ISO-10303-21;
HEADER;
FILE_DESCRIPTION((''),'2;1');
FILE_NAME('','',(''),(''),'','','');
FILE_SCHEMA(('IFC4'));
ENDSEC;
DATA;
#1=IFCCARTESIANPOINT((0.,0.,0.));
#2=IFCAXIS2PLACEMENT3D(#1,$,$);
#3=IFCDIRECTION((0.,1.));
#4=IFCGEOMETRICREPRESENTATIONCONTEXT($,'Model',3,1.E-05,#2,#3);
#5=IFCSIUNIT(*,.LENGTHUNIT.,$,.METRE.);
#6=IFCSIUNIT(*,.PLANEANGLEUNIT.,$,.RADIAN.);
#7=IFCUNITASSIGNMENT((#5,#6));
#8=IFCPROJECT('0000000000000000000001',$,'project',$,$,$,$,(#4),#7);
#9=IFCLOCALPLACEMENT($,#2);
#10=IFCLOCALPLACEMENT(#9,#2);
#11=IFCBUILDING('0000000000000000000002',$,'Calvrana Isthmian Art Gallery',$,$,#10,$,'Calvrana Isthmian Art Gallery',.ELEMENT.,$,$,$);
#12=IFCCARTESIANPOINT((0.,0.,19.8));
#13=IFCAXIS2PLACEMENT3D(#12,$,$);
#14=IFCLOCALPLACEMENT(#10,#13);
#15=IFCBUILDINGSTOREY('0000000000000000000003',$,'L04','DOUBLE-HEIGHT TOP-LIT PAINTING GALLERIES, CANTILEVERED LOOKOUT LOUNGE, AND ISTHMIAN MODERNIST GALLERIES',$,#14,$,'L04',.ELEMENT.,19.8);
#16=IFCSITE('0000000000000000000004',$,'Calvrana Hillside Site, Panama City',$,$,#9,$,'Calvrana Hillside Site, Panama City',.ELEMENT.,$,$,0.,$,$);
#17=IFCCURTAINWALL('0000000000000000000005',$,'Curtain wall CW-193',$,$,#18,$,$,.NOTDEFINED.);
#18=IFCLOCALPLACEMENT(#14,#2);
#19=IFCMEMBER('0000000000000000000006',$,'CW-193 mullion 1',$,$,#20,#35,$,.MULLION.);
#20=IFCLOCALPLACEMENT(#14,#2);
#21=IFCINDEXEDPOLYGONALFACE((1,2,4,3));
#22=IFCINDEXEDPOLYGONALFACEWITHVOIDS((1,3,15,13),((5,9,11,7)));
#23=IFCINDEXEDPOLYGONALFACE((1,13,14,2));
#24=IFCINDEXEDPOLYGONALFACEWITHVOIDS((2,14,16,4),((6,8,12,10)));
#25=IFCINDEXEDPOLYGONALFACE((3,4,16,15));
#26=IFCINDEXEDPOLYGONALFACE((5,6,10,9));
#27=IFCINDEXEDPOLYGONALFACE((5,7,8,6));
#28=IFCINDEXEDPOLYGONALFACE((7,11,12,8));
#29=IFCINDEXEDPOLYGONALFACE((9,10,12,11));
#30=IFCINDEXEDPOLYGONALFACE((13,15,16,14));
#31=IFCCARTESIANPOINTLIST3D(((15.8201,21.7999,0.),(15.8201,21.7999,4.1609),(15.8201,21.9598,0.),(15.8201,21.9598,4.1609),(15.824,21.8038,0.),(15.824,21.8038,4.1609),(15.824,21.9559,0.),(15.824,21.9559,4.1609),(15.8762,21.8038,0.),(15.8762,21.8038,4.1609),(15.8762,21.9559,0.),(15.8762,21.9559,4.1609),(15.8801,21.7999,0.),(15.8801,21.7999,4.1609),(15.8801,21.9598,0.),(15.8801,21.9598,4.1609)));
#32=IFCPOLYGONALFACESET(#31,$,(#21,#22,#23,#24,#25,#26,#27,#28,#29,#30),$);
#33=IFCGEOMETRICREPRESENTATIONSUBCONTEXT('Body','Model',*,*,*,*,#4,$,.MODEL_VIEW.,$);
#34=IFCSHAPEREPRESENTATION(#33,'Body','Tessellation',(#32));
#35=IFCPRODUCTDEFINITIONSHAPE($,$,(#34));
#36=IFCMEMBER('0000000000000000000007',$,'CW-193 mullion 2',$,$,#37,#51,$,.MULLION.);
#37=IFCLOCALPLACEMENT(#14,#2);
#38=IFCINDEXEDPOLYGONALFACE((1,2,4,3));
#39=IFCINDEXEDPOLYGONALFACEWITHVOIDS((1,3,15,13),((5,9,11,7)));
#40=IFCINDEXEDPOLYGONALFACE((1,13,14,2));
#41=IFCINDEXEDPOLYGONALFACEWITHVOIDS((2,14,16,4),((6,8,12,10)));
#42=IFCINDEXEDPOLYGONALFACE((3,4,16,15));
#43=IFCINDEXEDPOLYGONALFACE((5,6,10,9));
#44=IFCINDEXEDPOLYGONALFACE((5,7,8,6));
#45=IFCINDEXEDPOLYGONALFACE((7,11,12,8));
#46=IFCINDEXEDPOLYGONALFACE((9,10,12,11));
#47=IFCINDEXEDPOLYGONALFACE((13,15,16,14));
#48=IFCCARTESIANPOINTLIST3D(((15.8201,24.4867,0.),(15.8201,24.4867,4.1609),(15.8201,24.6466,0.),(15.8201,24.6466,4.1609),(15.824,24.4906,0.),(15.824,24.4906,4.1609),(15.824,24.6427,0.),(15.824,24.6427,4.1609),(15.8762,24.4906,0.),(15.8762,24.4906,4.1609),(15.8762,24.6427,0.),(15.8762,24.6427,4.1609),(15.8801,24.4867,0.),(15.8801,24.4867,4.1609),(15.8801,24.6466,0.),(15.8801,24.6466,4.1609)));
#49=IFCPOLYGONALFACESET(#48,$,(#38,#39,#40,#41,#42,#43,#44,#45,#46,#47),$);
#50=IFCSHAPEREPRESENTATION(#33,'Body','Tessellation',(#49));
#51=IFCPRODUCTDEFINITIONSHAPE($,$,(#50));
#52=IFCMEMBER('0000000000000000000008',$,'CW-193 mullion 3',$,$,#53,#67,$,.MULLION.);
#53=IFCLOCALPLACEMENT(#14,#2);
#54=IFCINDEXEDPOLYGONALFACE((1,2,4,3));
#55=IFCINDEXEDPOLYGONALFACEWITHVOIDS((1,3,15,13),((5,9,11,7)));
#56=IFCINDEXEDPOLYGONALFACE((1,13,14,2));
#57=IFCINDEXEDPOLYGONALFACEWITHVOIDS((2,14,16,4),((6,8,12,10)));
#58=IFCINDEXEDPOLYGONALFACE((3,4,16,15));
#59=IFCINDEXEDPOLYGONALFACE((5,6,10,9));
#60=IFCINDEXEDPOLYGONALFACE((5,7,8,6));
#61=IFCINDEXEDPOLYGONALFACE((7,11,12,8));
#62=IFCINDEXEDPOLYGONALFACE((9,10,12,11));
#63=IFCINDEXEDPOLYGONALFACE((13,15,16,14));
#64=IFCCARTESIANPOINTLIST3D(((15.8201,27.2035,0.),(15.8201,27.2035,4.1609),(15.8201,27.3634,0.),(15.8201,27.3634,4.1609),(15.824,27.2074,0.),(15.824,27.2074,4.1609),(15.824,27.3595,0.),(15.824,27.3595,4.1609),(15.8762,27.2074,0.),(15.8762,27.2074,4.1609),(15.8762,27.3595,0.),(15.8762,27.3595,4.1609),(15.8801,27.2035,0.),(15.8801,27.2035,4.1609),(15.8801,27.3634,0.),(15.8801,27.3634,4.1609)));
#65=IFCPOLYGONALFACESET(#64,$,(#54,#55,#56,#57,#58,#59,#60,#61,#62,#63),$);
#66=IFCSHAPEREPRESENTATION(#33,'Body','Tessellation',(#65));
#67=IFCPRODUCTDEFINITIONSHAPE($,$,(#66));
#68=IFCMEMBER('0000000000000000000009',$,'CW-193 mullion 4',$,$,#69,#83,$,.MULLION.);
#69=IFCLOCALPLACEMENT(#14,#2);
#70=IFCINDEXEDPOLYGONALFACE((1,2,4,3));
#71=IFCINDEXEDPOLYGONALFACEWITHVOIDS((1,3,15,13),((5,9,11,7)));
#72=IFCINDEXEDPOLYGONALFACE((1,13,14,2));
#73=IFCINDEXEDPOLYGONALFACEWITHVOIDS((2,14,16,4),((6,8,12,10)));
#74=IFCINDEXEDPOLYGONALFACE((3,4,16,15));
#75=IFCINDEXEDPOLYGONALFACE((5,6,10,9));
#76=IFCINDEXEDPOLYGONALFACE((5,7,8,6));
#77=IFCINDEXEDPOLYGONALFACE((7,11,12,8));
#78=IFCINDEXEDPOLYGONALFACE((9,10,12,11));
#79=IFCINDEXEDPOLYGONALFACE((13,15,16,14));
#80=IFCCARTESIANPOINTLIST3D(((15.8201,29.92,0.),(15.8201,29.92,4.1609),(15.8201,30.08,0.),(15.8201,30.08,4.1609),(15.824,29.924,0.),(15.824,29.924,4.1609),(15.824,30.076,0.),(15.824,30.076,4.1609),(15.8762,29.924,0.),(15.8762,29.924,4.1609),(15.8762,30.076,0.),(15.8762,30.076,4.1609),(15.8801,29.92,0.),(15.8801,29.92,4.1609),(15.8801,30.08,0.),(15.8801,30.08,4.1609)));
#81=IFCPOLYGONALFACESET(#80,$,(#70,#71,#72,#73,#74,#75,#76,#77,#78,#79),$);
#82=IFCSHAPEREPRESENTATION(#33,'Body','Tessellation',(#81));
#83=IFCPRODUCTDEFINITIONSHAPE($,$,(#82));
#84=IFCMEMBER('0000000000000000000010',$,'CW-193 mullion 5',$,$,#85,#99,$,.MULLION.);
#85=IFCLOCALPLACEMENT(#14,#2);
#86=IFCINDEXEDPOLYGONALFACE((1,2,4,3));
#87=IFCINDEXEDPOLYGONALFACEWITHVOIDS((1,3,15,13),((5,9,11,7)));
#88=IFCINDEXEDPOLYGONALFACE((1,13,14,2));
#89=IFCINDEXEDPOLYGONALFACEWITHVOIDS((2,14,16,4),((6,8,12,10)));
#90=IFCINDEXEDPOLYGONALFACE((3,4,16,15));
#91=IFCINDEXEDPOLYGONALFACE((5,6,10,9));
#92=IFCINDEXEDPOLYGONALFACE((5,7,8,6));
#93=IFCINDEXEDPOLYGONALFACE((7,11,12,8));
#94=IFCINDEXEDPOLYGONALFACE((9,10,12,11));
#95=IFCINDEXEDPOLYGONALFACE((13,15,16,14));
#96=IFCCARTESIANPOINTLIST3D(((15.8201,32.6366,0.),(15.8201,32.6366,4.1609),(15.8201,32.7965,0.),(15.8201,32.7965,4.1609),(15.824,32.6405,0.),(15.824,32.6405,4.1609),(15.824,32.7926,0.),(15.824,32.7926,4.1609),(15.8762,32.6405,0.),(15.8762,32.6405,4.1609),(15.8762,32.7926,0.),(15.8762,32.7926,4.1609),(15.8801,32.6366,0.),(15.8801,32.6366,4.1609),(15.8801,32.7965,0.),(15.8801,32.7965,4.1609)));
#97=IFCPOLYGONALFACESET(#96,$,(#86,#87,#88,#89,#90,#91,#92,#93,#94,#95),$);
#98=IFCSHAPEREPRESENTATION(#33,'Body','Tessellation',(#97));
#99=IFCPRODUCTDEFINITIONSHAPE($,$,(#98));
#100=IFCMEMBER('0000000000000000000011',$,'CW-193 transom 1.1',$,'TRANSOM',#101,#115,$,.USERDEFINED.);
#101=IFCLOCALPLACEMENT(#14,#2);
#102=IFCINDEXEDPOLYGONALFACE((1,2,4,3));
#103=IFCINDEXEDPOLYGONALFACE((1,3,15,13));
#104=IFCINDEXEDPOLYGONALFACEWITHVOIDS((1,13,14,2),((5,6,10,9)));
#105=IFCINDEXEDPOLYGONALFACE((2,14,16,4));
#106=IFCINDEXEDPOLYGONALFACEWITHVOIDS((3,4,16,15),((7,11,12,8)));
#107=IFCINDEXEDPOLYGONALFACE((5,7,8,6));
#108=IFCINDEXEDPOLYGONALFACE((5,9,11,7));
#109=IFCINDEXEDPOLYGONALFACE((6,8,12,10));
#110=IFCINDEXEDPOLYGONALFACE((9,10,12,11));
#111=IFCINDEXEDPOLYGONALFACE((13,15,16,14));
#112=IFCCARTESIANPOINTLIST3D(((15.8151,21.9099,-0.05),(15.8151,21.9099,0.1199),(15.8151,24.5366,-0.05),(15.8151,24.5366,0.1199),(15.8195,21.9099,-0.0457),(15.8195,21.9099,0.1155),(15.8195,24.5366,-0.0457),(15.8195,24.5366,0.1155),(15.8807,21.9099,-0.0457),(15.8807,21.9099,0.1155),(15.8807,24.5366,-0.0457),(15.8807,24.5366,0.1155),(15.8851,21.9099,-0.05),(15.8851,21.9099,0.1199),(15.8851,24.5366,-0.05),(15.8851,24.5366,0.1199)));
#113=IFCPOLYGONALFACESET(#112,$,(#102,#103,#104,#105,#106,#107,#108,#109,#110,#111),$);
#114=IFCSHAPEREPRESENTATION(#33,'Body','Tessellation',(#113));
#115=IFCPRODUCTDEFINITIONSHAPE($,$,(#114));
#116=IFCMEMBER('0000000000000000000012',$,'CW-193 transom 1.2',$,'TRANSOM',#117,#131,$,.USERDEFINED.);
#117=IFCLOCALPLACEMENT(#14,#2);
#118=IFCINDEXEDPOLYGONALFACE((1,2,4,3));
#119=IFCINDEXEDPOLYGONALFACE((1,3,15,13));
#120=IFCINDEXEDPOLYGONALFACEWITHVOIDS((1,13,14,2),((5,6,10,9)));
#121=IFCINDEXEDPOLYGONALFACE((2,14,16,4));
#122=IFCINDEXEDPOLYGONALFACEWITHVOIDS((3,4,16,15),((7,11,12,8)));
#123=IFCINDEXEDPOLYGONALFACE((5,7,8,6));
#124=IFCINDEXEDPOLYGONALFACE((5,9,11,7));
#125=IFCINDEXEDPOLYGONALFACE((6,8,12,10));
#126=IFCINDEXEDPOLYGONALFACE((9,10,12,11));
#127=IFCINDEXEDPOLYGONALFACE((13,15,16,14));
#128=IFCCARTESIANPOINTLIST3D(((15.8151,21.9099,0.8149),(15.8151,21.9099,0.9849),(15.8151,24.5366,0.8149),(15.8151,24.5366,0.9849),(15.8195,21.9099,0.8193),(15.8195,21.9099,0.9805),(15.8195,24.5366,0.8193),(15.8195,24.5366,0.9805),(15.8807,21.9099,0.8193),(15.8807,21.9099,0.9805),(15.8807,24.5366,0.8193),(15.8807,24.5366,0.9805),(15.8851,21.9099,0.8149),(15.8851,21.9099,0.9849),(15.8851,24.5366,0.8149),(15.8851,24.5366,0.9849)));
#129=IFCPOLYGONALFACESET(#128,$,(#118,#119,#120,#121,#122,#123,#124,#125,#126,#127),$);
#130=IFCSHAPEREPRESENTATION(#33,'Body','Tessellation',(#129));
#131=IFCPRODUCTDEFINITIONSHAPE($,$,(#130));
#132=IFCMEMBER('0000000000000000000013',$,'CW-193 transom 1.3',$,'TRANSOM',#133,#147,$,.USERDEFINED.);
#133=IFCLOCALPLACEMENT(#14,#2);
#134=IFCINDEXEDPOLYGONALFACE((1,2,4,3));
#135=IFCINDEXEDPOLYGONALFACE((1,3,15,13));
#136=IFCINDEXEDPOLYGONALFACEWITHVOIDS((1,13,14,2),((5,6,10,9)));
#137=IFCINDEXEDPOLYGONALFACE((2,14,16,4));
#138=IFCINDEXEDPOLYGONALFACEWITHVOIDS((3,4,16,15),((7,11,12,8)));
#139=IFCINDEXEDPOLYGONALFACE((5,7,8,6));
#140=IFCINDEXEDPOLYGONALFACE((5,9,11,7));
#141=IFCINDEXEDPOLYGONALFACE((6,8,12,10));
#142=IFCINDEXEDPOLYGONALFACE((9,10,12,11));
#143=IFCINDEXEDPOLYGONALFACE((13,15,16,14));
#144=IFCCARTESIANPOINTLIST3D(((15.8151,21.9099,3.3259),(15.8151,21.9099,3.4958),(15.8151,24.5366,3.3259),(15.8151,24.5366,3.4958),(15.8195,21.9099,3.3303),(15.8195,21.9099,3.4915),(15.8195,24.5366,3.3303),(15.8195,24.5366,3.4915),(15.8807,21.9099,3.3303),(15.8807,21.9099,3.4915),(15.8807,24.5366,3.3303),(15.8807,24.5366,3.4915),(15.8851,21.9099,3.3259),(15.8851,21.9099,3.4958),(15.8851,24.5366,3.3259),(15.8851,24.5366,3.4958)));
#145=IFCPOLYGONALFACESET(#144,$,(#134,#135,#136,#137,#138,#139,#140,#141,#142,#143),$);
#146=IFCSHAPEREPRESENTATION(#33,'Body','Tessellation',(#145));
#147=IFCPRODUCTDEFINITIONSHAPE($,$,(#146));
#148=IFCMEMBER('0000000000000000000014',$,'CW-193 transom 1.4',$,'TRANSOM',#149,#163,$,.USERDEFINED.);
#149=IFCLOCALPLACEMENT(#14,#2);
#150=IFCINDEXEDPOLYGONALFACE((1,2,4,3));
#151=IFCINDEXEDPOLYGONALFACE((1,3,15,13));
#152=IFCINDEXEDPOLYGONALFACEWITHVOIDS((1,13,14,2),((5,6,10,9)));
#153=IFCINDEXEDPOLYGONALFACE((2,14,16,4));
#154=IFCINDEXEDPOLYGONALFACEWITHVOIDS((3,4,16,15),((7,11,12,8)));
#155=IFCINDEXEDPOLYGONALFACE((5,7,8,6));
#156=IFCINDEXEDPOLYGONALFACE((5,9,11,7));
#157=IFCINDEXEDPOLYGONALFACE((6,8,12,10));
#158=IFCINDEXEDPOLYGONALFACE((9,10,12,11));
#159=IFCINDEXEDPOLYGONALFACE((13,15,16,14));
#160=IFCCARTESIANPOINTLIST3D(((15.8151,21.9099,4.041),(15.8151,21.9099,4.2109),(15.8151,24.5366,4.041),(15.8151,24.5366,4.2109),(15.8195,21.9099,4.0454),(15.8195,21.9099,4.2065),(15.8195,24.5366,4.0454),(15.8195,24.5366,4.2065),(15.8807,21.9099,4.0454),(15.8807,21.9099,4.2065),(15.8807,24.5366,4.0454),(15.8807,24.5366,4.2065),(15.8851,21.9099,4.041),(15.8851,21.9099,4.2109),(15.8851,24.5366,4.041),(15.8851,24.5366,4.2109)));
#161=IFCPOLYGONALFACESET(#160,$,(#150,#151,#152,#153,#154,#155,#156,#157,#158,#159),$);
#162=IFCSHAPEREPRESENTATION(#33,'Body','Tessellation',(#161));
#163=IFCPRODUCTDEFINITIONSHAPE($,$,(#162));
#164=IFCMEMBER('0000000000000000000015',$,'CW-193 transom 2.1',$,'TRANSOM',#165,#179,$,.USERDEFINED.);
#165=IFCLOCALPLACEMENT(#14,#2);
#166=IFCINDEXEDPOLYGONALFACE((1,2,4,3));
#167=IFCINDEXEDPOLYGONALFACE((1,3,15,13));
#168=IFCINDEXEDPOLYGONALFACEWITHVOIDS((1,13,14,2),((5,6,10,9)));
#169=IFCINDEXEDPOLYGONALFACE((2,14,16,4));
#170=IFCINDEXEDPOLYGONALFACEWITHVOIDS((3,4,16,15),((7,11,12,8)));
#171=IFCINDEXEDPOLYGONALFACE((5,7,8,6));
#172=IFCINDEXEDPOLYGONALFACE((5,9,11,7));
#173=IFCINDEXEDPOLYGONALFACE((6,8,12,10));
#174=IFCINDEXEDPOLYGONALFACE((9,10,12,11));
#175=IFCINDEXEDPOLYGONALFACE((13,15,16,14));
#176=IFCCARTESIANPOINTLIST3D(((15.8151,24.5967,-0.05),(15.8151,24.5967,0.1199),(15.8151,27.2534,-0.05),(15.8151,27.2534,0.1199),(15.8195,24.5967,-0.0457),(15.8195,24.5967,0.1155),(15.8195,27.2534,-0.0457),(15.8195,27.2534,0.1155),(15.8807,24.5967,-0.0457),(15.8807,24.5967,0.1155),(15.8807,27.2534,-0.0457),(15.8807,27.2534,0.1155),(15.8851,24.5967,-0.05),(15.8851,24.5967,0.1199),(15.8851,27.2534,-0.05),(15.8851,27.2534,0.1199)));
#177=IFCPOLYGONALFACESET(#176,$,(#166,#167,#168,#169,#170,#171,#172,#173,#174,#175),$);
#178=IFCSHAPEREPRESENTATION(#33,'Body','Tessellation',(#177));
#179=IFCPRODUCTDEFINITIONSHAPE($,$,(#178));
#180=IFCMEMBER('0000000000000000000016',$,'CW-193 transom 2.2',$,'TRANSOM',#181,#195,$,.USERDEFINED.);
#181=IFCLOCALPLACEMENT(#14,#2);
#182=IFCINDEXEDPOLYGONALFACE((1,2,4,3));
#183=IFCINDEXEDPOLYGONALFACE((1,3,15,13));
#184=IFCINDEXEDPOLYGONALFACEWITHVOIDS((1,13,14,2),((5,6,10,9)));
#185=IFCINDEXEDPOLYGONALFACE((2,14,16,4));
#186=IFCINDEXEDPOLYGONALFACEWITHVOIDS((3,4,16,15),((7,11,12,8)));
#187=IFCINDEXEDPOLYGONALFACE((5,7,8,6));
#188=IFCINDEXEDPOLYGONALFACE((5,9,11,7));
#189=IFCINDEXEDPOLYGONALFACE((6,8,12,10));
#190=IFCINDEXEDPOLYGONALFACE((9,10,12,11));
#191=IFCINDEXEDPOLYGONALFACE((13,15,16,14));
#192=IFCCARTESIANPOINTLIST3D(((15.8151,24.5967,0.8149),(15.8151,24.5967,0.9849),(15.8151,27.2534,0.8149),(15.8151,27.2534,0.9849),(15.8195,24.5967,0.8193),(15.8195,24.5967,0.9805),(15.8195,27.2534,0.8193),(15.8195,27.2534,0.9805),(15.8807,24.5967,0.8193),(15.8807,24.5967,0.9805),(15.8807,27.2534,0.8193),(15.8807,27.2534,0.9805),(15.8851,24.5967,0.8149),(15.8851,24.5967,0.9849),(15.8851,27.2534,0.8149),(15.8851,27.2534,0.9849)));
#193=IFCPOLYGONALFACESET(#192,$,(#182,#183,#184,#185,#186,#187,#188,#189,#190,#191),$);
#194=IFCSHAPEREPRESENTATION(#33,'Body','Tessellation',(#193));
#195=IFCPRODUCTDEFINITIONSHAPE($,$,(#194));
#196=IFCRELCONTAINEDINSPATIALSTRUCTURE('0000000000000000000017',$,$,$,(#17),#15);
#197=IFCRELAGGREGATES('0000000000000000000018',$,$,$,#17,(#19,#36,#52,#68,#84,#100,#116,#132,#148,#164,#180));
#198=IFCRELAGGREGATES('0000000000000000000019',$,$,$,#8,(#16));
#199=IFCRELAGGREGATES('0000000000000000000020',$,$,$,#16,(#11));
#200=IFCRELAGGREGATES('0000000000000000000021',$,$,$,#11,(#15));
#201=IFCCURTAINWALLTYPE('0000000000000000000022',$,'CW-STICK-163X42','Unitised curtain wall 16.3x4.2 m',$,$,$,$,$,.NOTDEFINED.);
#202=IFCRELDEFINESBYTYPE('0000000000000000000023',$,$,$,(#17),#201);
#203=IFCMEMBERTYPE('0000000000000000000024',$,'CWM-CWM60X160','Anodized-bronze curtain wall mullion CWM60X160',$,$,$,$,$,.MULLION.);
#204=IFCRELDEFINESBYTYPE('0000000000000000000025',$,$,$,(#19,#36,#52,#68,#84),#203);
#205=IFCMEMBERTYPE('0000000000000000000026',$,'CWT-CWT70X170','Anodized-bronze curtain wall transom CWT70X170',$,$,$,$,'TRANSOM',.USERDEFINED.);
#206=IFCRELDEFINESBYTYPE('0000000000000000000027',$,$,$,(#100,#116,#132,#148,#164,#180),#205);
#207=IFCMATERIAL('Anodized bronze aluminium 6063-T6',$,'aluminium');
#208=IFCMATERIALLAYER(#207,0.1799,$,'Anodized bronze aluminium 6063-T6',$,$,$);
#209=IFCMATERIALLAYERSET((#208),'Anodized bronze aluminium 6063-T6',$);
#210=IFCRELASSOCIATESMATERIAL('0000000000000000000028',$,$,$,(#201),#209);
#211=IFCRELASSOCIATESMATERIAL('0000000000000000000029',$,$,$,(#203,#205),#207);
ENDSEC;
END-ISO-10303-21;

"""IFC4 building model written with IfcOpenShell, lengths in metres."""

from ifc_helpers import new_model, si_unit, direction, frame, origin, origin_2d, place, context, subcontext, project, spatial, hollow_rectangle, extrude, material, layer, layer_set, material_profile, profile_set, type_object, element, aggregate, save


model = new_model("IFC4")

# Units and contexts
model_context = context("Model", 3, precision=1e-05, world=origin(), true_north=direction((0.0, 1.0)))
body_context = subcontext(model_context, "Body", "Model", "MODEL_VIEW")
ifc_project = project(units=[si_unit("LENGTHUNIT", "METRE"), si_unit("PLANEANGLEUNIT", "RADIAN")], contexts=[model_context])

# Site, building, storey
site_placement = place(None, origin())
site = spatial("IfcSite", under=ifc_project, at=site_placement, Name="Calvrana Hillside Site, Panama City", LongName="Calvrana Hillside Site, Panama City", CompositionType="ELEMENT", RefElevation=0.0)
building_placement = place(site_placement, origin())
building = spatial("IfcBuilding", under=site, at=building_placement, Name="Calvrana Isthmian Art Gallery", LongName="Calvrana Isthmian Art Gallery", CompositionType="ELEMENT")
storey_placement = place(building_placement, frame((0.0, 0.0, 19.8)))
storey = spatial("IfcBuildingStorey", under=building, at=storey_placement, Name="L04", Description="DOUBLE-HEIGHT TOP-LIT PAINTING GALLERIES, CANTILEVERED LOOKOUT LOUNGE, AND ISTHMIAN MODERNIST GALLERIES", LongName="L04", CompositionType="ELEMENT", Elevation=19.8)

# Curtain wall, members
ifc_material_1 = material(Name="Anodized bronze aluminium 6063-T6", Category="aluminium")
ifc_layer_1 = layer(ifc_material_1, 0.1799, Name="Anodized bronze aluminium 6063-T6")
ifc_layer_set_1 = layer_set([ifc_layer_1], Name="Anodized bronze aluminium 6063-T6")
curtain_wall_type_1 = type_object("IfcCurtainWallType", Name="CW-STICK-163X42", Description="Unitised curtain wall 16.3x4.2 m", PredefinedType="NOTDEFINED", material=ifc_layer_set_1)
curtain_wall_1_placement = place(storey_placement, origin())
curtain_wall_1 = element("IfcCurtainWall", 1, at=curtain_wall_1_placement, inside=storey, type_object=curtain_wall_type_1, Name="Curtain wall CW-193", PredefinedType="NOTDEFINED")
ifc_material_profile_1 = material_profile(ifc_material_1, hollow_rectangle(XDim=0.0601, YDim=0.1599, WallThickness=0.0039, at=origin_2d()), Name="CWM60X160")
ifc_profile_set_1 = profile_set([ifc_material_profile_1], Name="Anodized bronze aluminium 6063-T6")
member_type_1 = type_object("IfcMemberType", Name="CWM-CWM60X160", Description="Anodized-bronze curtain wall mullion CWM60X160", PredefinedType="MULLION", material=ifc_profile_set_1)
member_1_placement = place(storey_placement, frame((15.8501, 21.8799, 0.0), z_axis=(0.0, 0.0, 1.0), x_axis=(-1.0, 0.0, 0.0)))
member_1 = element("IfcMember", 2, at=member_1_placement, type_object=member_type_1, Name="CW-193 mullion 1", PredefinedType="MULLION", context=body_context, shape_type="SweptSolid", body=[
    extrude(hollow_rectangle(XDim=0.0601, YDim=0.1599, WallThickness=0.0039, at=origin_2d()), origin(), (0.0, 0.0, 1.0), 4.1609),
])
member_2_placement = place(storey_placement, frame((15.8501, 24.5667, 0.0), z_axis=(0.0, 0.0, 1.0), x_axis=(-1.0, 0.0, 0.0)))
member_2 = element("IfcMember", 3, at=member_2_placement, type_object=member_type_1, Name="CW-193 mullion 2", PredefinedType="MULLION", context=body_context, shape_type="SweptSolid", body=[
    extrude(hollow_rectangle(XDim=0.0601, YDim=0.1599, WallThickness=0.0039, at=origin_2d()), origin(), (0.0, 0.0, 1.0), 4.1609),
])
member_3_placement = place(storey_placement, frame((15.8501, 27.2834, 0.0), z_axis=(0.0, 0.0, 1.0), x_axis=(-1.0, 0.0, 0.0)))
member_3 = element("IfcMember", 4, at=member_3_placement, type_object=member_type_1, Name="CW-193 mullion 3", PredefinedType="MULLION", context=body_context, shape_type="SweptSolid", body=[
    extrude(hollow_rectangle(XDim=0.0601, YDim=0.1599, WallThickness=0.0039, at=origin_2d()), origin(), (0.0, 0.0, 1.0), 4.1609),
])
member_4_placement = place(storey_placement, frame((15.8501, 30.0, 0.0), z_axis=(0.0, 0.0, 1.0), x_axis=(-1.0, 0.0, 0.0)))
member_4 = element("IfcMember", 5, at=member_4_placement, type_object=member_type_1, Name="CW-193 mullion 4", PredefinedType="MULLION", context=body_context, shape_type="SweptSolid", body=[
    extrude(hollow_rectangle(XDim=0.0601, YDim=0.1599, WallThickness=0.0039, at=origin_2d()), origin(), (0.0, 0.0, 1.0), 4.1609),
])
member_5_placement = place(storey_placement, frame((15.8501, 32.7166, 0.0), z_axis=(0.0, 0.0, 1.0), x_axis=(-1.0, 0.0, 0.0)))
member_5 = element("IfcMember", 6, at=member_5_placement, type_object=member_type_1, Name="CW-193 mullion 5", PredefinedType="MULLION", context=body_context, shape_type="SweptSolid", body=[
    extrude(hollow_rectangle(XDim=0.0601, YDim=0.1599, WallThickness=0.0039, at=origin_2d()), origin(), (0.0, 0.0, 1.0), 4.1609),
])
ifc_material_profile_2 = material_profile(ifc_material_1, hollow_rectangle(XDim=0.0701, YDim=0.1699, WallThickness=0.0044, at=origin_2d()), Name="CWT70X170")
ifc_profile_set_2 = profile_set([ifc_material_profile_2], Name="Anodized bronze aluminium 6063-T6")
member_type_2 = type_object("IfcMemberType", Name="CWT-CWT70X170", Description="Anodized-bronze curtain wall transom CWT70X170", ElementType="TRANSOM", PredefinedType="USERDEFINED", material=ifc_profile_set_2)
member_6_placement = place(storey_placement, frame((15.8501, 21.9099, 0.0349), z_axis=(0.0, 1.0, 0.0), x_axis=(-1.0, 0.0, 0.0)))
member_6 = element("IfcMember", 7, at=member_6_placement, type_object=member_type_2, Name="CW-193 transom 1.1", ObjectType="TRANSOM", PredefinedType="USERDEFINED", context=body_context, shape_type="SweptSolid", body=[
    extrude(hollow_rectangle(XDim=0.0701, YDim=0.1699, WallThickness=0.0044, at=origin_2d()), origin(), (0.0, 0.0, 1.0), 2.6267),
])
member_7_placement = place(storey_placement, frame((15.8501, 21.9099, 0.8999), z_axis=(0.0, 1.0, 0.0), x_axis=(-1.0, 0.0, 0.0)))
member_7 = element("IfcMember", 8, at=member_7_placement, type_object=member_type_2, Name="CW-193 transom 1.2", ObjectType="TRANSOM", PredefinedType="USERDEFINED", context=body_context, shape_type="SweptSolid", body=[
    extrude(hollow_rectangle(XDim=0.0701, YDim=0.1699, WallThickness=0.0044, at=origin_2d()), origin(), (0.0, 0.0, 1.0), 2.6267),
])
member_8_placement = place(storey_placement, frame((15.8501, 21.9099, 3.4109), z_axis=(0.0, 1.0, 0.0), x_axis=(-1.0, 0.0, 0.0)))
member_8 = element("IfcMember", 9, at=member_8_placement, type_object=member_type_2, Name="CW-193 transom 1.3", ObjectType="TRANSOM", PredefinedType="USERDEFINED", context=body_context, shape_type="SweptSolid", body=[
    extrude(hollow_rectangle(XDim=0.0701, YDim=0.1699, WallThickness=0.0044, at=origin_2d()), origin(), (0.0, 0.0, 1.0), 2.6267),
])
member_9_placement = place(storey_placement, frame((15.8501, 21.9099, 4.126), z_axis=(0.0, 1.0, 0.0), x_axis=(-1.0, 0.0, 0.0)))
member_9 = element("IfcMember", 10, at=member_9_placement, type_object=member_type_2, Name="CW-193 transom 1.4", ObjectType="TRANSOM", PredefinedType="USERDEFINED", context=body_context, shape_type="SweptSolid", body=[
    extrude(hollow_rectangle(XDim=0.0701, YDim=0.1699, WallThickness=0.0044, at=origin_2d()), origin(), (0.0, 0.0, 1.0), 2.6267),
])
member_10_placement = place(storey_placement, frame((15.8501, 24.5967, 0.0349), z_axis=(0.0, 1.0, 0.0), x_axis=(-1.0, 0.0, 0.0)))
member_10 = element("IfcMember", 11, at=member_10_placement, type_object=member_type_2, Name="CW-193 transom 2.1", ObjectType="TRANSOM", PredefinedType="USERDEFINED", context=body_context, shape_type="SweptSolid", body=[
    extrude(hollow_rectangle(XDim=0.0701, YDim=0.1699, WallThickness=0.0044, at=origin_2d()), origin(), (0.0, 0.0, 1.0), 2.6567),
])
member_11_placement = place(storey_placement, frame((15.8501, 24.5967, 0.8999), z_axis=(0.0, 1.0, 0.0), x_axis=(-1.0, 0.0, 0.0)))
member_11 = element("IfcMember", 12, at=member_11_placement, type_object=member_type_2, Name="CW-193 transom 2.2", ObjectType="TRANSOM", PredefinedType="USERDEFINED", context=body_context, shape_type="SweptSolid", body=[
    extrude(hollow_rectangle(XDim=0.0701, YDim=0.1699, WallThickness=0.0044, at=origin_2d()), origin(), (0.0, 0.0, 1.0), 2.6567),
])

aggregate(curtain_wall_1, [member_1, member_2, member_3, member_4, member_5, member_6, member_7, member_8, member_9, member_10, member_11])

save(model, "model.ifc")
